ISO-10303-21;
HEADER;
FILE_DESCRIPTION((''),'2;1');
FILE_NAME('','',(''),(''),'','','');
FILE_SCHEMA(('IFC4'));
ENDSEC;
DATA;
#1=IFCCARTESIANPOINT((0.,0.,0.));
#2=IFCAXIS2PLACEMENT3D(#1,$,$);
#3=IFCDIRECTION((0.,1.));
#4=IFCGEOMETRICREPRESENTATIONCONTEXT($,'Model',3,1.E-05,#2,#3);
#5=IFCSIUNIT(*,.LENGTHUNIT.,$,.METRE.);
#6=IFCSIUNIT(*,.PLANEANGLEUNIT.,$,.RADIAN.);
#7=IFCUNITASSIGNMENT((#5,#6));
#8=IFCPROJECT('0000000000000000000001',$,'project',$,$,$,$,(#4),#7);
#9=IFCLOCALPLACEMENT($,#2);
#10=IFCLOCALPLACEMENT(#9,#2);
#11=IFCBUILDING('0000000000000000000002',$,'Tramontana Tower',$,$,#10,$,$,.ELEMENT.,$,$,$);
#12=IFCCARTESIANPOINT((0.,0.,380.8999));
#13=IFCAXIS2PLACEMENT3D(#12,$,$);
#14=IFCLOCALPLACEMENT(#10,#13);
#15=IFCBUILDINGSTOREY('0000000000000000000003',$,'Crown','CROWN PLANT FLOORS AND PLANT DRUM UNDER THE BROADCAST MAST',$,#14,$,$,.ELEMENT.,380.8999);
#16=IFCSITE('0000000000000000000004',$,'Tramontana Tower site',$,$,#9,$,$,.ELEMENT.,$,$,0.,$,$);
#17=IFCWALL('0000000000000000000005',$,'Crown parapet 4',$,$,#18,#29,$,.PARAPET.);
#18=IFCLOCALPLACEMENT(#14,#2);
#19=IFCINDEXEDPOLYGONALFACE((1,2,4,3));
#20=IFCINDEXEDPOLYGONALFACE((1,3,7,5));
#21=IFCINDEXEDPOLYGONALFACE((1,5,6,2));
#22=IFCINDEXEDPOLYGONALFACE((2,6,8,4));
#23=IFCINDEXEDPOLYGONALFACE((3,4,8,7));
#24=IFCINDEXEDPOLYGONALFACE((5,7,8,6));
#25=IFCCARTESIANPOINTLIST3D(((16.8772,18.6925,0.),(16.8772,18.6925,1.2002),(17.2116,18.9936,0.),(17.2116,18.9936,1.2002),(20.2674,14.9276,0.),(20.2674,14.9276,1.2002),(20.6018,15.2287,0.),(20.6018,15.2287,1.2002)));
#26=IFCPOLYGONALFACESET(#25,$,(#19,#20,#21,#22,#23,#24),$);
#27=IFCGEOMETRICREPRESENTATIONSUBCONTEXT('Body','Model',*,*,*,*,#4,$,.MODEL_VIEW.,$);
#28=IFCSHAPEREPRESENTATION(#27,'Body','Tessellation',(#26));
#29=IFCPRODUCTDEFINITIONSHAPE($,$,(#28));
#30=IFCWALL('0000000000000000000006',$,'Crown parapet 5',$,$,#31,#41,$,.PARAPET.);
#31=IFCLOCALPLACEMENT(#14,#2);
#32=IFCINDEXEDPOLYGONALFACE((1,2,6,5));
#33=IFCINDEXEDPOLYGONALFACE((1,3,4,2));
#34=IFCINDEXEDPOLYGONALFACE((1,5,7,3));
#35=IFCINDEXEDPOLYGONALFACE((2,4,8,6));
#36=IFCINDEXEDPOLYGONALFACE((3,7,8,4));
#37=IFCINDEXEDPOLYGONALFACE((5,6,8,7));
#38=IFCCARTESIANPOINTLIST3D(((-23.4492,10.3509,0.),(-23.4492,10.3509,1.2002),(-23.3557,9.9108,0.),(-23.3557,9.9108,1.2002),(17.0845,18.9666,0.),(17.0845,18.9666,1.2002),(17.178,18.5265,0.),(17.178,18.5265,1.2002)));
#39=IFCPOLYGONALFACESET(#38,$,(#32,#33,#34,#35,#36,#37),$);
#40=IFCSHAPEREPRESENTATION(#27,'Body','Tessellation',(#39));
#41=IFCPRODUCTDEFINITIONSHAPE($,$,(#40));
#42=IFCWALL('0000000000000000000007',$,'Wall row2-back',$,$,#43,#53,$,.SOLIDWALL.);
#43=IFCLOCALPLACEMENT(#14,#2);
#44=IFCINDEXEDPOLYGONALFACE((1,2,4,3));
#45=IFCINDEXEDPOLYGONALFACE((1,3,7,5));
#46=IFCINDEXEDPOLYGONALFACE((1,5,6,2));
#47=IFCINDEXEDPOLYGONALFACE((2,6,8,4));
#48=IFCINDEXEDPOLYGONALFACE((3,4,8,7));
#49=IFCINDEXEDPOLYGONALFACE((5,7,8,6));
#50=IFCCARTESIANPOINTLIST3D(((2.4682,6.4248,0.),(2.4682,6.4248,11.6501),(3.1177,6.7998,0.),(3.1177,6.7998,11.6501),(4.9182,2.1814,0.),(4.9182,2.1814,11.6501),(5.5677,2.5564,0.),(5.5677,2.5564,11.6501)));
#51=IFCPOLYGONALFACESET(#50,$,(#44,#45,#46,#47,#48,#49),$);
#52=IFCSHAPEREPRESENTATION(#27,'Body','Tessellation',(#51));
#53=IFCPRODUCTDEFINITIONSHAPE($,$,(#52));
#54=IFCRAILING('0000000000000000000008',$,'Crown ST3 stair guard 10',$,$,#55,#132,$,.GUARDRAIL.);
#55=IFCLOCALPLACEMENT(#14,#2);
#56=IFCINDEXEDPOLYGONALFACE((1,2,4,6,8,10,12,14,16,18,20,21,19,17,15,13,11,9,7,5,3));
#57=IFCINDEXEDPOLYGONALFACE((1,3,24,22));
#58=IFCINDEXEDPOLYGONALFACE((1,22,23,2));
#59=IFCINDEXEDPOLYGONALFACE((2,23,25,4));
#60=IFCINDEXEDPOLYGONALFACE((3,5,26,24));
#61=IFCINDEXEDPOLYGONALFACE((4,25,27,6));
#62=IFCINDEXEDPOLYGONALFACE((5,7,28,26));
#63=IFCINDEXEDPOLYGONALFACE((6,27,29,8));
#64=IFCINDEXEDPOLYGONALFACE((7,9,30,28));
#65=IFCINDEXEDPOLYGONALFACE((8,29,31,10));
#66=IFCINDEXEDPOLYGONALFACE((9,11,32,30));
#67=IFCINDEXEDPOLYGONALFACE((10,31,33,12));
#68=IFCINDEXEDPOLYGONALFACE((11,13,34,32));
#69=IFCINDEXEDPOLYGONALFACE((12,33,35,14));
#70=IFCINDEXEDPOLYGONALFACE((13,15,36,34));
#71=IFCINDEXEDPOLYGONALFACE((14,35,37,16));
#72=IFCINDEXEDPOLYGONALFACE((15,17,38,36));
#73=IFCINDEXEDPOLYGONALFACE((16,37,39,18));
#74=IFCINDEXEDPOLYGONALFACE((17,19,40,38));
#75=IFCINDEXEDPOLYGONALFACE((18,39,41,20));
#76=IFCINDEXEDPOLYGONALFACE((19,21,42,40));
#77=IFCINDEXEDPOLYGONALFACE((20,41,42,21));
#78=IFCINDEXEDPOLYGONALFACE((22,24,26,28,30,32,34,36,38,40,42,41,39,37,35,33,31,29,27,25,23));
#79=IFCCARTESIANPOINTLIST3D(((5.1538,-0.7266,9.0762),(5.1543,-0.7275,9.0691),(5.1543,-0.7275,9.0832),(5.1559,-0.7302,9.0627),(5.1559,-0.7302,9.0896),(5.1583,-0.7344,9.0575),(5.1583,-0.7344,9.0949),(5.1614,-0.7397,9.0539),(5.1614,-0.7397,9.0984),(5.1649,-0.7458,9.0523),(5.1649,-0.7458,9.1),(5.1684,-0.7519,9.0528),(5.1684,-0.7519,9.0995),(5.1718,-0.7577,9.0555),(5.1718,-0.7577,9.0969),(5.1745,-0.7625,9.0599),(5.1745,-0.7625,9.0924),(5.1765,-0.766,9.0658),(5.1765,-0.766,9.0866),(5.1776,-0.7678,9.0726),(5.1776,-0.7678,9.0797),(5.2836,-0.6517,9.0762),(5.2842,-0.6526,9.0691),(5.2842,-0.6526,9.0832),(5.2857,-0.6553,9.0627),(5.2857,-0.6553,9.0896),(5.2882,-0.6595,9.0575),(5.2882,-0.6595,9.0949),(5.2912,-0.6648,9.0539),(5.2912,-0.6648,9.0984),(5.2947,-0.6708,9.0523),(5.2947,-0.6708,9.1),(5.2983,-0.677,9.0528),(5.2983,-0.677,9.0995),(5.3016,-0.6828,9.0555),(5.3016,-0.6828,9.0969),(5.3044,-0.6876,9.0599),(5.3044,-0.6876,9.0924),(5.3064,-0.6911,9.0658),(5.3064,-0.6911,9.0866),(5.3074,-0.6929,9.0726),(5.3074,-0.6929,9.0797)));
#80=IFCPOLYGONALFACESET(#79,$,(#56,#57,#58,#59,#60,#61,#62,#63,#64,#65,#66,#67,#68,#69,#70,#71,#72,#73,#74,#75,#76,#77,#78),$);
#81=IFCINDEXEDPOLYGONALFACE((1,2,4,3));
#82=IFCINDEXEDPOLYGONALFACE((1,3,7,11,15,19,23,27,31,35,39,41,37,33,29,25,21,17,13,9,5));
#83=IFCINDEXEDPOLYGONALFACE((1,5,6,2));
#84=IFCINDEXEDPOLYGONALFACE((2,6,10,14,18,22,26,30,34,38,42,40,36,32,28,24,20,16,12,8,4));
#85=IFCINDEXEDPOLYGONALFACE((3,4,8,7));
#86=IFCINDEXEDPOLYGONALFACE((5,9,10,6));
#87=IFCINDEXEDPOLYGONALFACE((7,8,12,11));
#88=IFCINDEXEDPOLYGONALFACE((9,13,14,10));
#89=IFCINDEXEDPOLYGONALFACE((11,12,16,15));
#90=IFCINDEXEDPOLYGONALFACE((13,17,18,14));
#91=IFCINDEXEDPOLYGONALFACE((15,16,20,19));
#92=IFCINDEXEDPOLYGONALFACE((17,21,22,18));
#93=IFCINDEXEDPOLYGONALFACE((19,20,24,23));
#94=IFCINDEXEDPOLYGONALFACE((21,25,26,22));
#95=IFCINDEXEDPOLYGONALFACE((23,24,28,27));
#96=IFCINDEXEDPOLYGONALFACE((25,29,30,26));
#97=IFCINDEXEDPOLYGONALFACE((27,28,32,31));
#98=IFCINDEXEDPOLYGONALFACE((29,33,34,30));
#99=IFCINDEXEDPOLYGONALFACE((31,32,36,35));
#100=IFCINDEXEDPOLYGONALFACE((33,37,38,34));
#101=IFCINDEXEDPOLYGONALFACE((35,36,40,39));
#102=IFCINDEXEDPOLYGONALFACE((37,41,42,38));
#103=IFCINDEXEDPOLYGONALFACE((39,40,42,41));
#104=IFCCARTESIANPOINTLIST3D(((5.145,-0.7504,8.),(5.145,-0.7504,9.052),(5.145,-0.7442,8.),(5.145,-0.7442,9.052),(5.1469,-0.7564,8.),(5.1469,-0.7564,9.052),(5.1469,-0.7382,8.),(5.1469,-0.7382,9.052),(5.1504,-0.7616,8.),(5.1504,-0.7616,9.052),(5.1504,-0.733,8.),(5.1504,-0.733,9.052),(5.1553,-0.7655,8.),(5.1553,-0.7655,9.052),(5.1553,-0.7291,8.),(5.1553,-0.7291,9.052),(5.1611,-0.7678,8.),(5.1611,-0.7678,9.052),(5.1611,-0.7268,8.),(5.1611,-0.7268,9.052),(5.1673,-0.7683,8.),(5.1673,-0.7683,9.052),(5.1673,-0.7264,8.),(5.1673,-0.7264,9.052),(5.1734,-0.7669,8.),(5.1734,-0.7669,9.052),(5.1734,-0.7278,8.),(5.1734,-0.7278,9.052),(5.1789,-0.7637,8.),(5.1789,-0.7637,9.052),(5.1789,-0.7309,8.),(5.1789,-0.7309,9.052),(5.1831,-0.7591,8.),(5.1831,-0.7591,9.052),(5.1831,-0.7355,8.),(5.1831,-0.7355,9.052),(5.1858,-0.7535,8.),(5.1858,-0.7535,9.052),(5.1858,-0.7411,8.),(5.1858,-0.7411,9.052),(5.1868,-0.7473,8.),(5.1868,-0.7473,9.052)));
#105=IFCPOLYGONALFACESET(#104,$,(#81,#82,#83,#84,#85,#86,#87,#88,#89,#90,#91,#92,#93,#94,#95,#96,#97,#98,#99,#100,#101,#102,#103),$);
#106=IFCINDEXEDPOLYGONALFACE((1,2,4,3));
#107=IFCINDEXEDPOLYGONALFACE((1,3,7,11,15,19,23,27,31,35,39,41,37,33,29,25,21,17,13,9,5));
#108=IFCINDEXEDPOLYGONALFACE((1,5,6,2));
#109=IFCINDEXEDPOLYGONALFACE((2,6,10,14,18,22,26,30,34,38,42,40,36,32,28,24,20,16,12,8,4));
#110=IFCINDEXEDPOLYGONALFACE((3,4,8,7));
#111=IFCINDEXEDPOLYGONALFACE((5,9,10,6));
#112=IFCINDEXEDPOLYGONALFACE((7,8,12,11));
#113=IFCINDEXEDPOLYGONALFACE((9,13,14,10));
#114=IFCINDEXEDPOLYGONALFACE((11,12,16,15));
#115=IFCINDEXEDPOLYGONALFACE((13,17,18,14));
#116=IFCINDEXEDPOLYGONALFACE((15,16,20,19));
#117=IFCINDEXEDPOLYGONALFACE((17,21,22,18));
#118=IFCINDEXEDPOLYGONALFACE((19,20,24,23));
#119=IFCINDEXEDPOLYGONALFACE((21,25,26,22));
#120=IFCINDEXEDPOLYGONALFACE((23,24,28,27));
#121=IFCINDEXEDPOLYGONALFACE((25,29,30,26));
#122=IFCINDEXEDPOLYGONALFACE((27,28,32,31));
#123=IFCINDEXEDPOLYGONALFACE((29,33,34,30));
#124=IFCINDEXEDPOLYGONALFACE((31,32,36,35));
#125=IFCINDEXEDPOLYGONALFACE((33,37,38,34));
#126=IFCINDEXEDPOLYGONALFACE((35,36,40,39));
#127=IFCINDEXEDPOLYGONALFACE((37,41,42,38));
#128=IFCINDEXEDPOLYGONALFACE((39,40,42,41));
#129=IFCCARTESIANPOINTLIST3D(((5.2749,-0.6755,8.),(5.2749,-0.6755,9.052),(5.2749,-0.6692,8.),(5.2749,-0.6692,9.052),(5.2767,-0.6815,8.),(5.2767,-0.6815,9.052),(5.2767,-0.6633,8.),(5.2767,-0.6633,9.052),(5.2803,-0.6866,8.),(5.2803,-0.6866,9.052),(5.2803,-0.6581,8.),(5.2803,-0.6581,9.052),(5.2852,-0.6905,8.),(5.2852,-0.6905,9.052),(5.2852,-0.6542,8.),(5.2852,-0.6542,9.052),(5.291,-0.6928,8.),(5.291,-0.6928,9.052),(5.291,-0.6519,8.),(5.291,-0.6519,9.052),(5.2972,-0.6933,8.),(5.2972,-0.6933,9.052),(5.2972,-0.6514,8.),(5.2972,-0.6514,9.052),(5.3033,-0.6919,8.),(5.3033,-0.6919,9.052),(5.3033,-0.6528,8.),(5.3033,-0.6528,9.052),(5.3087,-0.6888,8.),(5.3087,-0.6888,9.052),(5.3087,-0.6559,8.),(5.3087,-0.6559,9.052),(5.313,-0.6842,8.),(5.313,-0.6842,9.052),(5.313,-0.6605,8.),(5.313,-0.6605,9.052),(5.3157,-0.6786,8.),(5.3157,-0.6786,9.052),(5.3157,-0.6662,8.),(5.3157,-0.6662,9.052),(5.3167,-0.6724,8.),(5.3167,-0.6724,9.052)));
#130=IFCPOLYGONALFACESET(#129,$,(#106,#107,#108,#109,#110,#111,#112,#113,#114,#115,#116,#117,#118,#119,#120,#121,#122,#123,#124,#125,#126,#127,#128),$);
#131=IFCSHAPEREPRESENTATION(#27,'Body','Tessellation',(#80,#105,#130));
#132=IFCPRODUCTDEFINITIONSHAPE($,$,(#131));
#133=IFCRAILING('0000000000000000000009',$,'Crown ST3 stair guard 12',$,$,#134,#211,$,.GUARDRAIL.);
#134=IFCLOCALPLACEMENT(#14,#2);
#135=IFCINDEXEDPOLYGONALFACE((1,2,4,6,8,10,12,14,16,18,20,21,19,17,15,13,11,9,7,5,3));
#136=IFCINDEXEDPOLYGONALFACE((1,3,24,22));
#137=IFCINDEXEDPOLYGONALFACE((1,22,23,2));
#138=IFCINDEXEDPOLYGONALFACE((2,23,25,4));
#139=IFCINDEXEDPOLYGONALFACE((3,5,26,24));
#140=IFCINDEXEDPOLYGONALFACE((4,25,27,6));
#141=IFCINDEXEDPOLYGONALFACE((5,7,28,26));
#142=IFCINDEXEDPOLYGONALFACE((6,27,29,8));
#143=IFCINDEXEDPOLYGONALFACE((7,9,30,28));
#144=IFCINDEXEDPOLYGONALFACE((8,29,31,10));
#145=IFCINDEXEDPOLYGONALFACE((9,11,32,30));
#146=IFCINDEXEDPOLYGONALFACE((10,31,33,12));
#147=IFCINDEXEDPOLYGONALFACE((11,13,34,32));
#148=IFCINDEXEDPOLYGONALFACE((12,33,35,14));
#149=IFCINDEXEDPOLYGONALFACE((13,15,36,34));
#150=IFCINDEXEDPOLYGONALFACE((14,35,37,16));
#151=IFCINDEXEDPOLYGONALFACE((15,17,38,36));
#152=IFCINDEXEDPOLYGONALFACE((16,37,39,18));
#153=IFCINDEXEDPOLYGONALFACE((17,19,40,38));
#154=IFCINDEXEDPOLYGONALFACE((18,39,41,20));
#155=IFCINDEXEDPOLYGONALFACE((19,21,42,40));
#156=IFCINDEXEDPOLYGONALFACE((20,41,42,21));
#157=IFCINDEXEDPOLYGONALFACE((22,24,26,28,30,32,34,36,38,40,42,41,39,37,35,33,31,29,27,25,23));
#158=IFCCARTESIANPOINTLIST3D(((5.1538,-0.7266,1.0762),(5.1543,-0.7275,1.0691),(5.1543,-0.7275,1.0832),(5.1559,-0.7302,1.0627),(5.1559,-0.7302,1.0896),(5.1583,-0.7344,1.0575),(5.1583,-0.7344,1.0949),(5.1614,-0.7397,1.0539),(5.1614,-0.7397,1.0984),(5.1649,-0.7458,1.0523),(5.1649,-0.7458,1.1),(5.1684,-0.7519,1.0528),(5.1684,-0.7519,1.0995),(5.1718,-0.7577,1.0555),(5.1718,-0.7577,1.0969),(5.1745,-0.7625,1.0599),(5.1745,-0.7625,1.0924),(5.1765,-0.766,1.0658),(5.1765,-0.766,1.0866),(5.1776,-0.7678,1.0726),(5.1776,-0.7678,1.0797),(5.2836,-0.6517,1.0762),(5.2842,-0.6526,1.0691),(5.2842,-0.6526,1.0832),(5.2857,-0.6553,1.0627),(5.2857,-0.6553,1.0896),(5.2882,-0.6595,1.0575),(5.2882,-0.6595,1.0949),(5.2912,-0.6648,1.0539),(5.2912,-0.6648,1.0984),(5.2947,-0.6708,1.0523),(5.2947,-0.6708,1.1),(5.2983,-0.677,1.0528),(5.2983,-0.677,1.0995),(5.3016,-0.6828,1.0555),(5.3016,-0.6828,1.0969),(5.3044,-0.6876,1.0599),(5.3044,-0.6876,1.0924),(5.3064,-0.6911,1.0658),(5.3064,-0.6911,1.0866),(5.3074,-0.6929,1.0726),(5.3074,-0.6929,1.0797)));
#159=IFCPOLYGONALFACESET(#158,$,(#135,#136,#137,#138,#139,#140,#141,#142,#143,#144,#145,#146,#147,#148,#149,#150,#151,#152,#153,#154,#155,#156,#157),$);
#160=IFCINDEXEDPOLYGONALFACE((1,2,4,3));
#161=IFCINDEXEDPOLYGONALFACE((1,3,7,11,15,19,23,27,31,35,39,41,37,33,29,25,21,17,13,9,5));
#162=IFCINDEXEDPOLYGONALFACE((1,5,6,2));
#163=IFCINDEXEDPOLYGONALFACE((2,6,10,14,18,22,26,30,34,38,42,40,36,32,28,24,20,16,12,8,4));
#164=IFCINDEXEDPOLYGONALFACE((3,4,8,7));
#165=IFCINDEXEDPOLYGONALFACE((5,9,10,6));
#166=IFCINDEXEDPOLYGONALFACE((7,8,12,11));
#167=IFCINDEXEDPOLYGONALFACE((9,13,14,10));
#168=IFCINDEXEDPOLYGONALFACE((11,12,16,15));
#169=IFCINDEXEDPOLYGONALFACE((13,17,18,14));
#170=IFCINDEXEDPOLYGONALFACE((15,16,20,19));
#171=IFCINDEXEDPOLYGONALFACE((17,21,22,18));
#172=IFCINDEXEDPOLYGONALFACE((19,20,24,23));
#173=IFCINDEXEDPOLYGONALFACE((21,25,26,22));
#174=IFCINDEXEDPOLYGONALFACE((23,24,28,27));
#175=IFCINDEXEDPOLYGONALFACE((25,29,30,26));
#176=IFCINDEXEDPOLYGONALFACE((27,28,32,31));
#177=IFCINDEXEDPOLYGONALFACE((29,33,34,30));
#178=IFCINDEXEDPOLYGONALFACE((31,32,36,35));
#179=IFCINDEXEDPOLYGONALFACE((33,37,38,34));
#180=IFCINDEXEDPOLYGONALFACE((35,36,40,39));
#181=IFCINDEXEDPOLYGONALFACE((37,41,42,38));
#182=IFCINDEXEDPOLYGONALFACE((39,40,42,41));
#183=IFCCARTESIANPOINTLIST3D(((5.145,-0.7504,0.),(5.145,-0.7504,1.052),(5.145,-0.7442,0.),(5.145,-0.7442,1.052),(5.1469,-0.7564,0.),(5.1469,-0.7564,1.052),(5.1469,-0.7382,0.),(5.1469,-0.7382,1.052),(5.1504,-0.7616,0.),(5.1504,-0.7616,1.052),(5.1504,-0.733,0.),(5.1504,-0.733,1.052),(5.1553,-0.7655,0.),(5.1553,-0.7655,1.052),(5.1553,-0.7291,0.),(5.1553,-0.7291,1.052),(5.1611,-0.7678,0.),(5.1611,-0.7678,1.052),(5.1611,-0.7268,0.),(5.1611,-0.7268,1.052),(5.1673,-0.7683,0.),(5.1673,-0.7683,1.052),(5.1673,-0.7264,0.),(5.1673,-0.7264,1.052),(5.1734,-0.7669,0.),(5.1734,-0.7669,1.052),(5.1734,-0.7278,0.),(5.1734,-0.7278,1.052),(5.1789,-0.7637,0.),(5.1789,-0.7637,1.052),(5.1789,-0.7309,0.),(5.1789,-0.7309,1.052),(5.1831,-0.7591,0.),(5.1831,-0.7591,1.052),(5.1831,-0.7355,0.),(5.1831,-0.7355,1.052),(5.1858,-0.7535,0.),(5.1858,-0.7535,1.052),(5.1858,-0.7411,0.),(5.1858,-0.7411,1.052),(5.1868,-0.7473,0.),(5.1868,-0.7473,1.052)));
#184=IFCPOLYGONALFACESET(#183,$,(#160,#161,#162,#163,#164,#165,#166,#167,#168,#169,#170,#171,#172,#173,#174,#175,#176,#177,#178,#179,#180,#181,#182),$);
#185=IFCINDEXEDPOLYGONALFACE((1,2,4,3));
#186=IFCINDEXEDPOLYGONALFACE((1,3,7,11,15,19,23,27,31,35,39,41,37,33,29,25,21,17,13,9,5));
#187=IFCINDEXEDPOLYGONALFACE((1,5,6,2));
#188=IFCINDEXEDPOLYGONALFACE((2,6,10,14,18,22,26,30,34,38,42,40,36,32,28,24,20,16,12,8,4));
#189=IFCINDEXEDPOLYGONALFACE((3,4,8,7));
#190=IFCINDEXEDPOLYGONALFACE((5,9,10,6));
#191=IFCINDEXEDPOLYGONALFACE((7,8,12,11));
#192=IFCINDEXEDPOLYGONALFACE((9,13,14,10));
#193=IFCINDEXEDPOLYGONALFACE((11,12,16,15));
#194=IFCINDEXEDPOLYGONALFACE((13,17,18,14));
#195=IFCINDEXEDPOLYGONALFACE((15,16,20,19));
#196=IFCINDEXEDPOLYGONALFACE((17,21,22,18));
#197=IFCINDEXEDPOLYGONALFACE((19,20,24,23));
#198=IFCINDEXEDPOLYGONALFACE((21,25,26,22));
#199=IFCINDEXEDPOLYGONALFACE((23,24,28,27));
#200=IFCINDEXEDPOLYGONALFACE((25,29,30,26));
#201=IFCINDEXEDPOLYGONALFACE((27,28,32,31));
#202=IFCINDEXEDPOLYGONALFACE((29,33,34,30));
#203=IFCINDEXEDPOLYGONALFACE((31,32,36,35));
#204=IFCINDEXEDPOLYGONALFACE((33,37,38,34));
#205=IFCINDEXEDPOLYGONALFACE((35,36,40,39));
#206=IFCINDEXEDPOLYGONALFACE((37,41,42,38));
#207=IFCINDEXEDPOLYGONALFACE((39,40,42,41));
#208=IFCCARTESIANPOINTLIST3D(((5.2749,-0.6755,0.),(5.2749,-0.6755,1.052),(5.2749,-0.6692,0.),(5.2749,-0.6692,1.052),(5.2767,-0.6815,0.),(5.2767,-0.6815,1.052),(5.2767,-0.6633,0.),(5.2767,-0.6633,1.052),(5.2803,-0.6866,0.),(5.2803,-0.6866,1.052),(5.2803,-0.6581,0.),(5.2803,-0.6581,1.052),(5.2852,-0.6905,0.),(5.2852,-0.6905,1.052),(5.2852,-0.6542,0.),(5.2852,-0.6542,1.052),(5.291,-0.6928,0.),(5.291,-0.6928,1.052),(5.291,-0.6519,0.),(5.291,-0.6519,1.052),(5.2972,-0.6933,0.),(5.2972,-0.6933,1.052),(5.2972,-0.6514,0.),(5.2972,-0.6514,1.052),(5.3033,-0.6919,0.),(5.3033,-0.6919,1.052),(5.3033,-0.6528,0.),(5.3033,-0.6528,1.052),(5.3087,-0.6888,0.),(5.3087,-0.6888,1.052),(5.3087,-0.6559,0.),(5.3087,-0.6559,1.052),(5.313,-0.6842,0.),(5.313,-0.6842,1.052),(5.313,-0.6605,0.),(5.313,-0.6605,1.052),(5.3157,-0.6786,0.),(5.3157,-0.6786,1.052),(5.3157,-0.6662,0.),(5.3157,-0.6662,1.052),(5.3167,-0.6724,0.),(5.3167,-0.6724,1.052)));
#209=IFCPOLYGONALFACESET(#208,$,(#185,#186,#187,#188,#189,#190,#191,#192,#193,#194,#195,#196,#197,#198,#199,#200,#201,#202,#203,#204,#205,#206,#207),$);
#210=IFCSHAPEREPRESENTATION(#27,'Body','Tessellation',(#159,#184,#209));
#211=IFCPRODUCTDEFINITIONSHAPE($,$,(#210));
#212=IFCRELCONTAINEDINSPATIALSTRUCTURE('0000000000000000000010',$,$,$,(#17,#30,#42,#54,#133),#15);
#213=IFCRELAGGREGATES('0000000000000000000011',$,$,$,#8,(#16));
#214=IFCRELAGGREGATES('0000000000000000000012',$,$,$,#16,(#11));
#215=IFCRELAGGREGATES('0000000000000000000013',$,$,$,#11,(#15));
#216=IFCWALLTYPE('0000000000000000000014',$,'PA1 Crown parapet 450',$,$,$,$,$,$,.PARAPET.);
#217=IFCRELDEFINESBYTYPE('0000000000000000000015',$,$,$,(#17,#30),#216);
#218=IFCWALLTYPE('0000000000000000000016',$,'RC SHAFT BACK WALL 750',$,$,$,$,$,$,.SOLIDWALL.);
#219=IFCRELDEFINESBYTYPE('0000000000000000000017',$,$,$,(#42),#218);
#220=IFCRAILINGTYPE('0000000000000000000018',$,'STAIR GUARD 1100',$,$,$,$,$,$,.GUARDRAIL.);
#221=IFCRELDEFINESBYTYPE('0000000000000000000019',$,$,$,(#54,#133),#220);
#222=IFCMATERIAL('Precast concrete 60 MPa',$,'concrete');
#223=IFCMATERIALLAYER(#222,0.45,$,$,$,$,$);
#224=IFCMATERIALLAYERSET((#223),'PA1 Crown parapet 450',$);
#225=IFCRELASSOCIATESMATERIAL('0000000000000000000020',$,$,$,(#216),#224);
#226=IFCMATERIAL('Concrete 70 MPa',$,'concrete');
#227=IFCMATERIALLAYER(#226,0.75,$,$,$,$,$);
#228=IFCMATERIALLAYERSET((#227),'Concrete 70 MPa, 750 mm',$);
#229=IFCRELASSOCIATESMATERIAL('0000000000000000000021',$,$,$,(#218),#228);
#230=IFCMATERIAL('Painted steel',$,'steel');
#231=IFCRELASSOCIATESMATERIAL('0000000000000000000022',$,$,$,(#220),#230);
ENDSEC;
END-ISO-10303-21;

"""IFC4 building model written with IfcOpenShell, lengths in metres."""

from ifc_helpers import new_model, si_unit, direction, frame, frame_2d, origin, origin_2d, place, context, subcontext, project, spatial, rectangle, circle, extrude, material, layer, layer_set, type_object, element, save


model = new_model("IFC4")

# Units and contexts
model_context = context("Model", 3, precision=1e-05, world=origin(), true_north=direction((0.0, 1.0)))
body_context = subcontext(model_context, "Body", "Model", "MODEL_VIEW")
ifc_project = project(units=[si_unit("LENGTHUNIT", "METRE"), si_unit("PLANEANGLEUNIT", "RADIAN")], contexts=[model_context])

# Site, building, storey
site_placement = place(None, origin())
site = spatial("IfcSite", under=ifc_project, at=site_placement, Name="Tramontana Tower site", CompositionType="ELEMENT", RefElevation=0.0)
building_placement = place(site_placement, origin())
building = spatial("IfcBuilding", under=site, at=building_placement, Name="Tramontana Tower", CompositionType="ELEMENT")
storey_placement = place(building_placement, frame((0.0, 0.0, 380.8999)))
storey = spatial("IfcBuildingStorey", under=building, at=storey_placement, Name="Crown", Description="CROWN PLANT FLOORS AND PLANT DRUM UNDER THE BROADCAST MAST", CompositionType="ELEMENT", Elevation=380.8999)

# Walls
ifc_material_1 = material(Name="Precast concrete 60 MPa", Category="concrete")
ifc_layer_1 = layer(ifc_material_1, 0.45)
ifc_layer_set_1 = layer_set([ifc_layer_1], Name="PA1 Crown parapet 450")
wall_type_1 = type_object("IfcWallType", Name="PA1 Crown parapet 450", PredefinedType="PARAPET", material=ifc_layer_set_1)
wall_1_placement = place(storey_placement, frame((20.4346, 15.0781, 0.0), z_axis=(0.0, 0.0, 1.0), x_axis=(-0.669154, 0.743124, 0.0)))
element("IfcWall", 1, at=wall_1_placement, inside=storey, type_object=wall_type_1, Name="Crown parapet 4", PredefinedType="PARAPET", context=body_context, shape_type="SweptSolid", body=[
    extrude(rectangle(XDim=5.0664, YDim=0.45, at=frame_2d((2.5332, 0.0))), origin(), (0.0, 0.0, 1.0), 1.2002),
])
wall_2_placement = place(storey_placement, frame((17.1313, 18.7466, 0.0), z_axis=(0.0, 0.0, 1.0), x_axis=(-0.978147, -0.207912, 0.0)))
element("IfcWall", 2, at=wall_2_placement, inside=storey, type_object=wall_type_1, Name="Crown parapet 5", PredefinedType="PARAPET", context=body_context, shape_type="SweptSolid", body=[
    extrude(rectangle(XDim=41.4392, YDim=0.45, at=frame_2d((20.7197, 0.0))), origin(), (0.0, 0.0, 1.0), 1.2002),
])
ifc_material_2 = material(Name="Concrete 70 MPa", Category="concrete")
ifc_layer_2 = layer(ifc_material_2, 0.75)
ifc_layer_set_2 = layer_set([ifc_layer_2], Name="Concrete 70 MPa, 750 mm")
wall_type_2 = type_object("IfcWallType", Name="RC SHAFT BACK WALL 750", PredefinedType="SOLIDWALL", material=ifc_layer_set_2)
wall_3_placement = place(storey_placement, frame((5.2429, 2.3689, 0.0), z_axis=(0.0, 0.0, 1.0), x_axis=(-0.500003, 0.866024, 0.0)))
element("IfcWall", 3, at=wall_3_placement, inside=storey, type_object=wall_type_2, Name="Wall row2-back", PredefinedType="SOLIDWALL", context=body_context, shape_type="SweptSolid", body=[
    extrude(rectangle(XDim=4.8999, YDim=0.75, at=frame_2d((2.45, 0.0))), origin(), (0.0, 0.0, 1.0), 11.6501),
])

# Railings
ifc_material_3 = material(Name="Painted steel", Category="steel")
railing_type = type_object("IfcRailingType", Name="STAIR GUARD 1100", PredefinedType="GUARDRAIL", material=ifc_material_3)
for number, where, name in (
    (4, (5.1658, -0.7473, 8.0), "Crown ST3 stair guard 10"),
    (5, (5.1658, -0.7473, 0.0), "Crown ST3 stair guard 12"),
):
    element("IfcRailing", number, at=place(storey_placement, frame(where)), inside=storey, type_object=railing_type, Name=name, PredefinedType="GUARDRAIL", context=body_context, shape_type="SweptSolid", body=[
        extrude(circle(Radius=0.0239, at=origin_2d()), frame((0.0, 0.0, 1.0762), z_axis=(0.866131, 0.499816, 0.0), x_axis=(-0.499816, 0.866131, 0.0)), (0.0, 0.0, 1.0), 0.1499),
        extrude(circle(Radius=0.021, at=origin_2d()), origin(), (0.0, 0.0, 1.0), 1.052),
        extrude(circle(Radius=0.021, at=origin_2d()), frame((0.1299, 0.075, 0.0)), (0.0, 0.0, 1.0), 1.052),
    ])

save(model, "model.ifc")
